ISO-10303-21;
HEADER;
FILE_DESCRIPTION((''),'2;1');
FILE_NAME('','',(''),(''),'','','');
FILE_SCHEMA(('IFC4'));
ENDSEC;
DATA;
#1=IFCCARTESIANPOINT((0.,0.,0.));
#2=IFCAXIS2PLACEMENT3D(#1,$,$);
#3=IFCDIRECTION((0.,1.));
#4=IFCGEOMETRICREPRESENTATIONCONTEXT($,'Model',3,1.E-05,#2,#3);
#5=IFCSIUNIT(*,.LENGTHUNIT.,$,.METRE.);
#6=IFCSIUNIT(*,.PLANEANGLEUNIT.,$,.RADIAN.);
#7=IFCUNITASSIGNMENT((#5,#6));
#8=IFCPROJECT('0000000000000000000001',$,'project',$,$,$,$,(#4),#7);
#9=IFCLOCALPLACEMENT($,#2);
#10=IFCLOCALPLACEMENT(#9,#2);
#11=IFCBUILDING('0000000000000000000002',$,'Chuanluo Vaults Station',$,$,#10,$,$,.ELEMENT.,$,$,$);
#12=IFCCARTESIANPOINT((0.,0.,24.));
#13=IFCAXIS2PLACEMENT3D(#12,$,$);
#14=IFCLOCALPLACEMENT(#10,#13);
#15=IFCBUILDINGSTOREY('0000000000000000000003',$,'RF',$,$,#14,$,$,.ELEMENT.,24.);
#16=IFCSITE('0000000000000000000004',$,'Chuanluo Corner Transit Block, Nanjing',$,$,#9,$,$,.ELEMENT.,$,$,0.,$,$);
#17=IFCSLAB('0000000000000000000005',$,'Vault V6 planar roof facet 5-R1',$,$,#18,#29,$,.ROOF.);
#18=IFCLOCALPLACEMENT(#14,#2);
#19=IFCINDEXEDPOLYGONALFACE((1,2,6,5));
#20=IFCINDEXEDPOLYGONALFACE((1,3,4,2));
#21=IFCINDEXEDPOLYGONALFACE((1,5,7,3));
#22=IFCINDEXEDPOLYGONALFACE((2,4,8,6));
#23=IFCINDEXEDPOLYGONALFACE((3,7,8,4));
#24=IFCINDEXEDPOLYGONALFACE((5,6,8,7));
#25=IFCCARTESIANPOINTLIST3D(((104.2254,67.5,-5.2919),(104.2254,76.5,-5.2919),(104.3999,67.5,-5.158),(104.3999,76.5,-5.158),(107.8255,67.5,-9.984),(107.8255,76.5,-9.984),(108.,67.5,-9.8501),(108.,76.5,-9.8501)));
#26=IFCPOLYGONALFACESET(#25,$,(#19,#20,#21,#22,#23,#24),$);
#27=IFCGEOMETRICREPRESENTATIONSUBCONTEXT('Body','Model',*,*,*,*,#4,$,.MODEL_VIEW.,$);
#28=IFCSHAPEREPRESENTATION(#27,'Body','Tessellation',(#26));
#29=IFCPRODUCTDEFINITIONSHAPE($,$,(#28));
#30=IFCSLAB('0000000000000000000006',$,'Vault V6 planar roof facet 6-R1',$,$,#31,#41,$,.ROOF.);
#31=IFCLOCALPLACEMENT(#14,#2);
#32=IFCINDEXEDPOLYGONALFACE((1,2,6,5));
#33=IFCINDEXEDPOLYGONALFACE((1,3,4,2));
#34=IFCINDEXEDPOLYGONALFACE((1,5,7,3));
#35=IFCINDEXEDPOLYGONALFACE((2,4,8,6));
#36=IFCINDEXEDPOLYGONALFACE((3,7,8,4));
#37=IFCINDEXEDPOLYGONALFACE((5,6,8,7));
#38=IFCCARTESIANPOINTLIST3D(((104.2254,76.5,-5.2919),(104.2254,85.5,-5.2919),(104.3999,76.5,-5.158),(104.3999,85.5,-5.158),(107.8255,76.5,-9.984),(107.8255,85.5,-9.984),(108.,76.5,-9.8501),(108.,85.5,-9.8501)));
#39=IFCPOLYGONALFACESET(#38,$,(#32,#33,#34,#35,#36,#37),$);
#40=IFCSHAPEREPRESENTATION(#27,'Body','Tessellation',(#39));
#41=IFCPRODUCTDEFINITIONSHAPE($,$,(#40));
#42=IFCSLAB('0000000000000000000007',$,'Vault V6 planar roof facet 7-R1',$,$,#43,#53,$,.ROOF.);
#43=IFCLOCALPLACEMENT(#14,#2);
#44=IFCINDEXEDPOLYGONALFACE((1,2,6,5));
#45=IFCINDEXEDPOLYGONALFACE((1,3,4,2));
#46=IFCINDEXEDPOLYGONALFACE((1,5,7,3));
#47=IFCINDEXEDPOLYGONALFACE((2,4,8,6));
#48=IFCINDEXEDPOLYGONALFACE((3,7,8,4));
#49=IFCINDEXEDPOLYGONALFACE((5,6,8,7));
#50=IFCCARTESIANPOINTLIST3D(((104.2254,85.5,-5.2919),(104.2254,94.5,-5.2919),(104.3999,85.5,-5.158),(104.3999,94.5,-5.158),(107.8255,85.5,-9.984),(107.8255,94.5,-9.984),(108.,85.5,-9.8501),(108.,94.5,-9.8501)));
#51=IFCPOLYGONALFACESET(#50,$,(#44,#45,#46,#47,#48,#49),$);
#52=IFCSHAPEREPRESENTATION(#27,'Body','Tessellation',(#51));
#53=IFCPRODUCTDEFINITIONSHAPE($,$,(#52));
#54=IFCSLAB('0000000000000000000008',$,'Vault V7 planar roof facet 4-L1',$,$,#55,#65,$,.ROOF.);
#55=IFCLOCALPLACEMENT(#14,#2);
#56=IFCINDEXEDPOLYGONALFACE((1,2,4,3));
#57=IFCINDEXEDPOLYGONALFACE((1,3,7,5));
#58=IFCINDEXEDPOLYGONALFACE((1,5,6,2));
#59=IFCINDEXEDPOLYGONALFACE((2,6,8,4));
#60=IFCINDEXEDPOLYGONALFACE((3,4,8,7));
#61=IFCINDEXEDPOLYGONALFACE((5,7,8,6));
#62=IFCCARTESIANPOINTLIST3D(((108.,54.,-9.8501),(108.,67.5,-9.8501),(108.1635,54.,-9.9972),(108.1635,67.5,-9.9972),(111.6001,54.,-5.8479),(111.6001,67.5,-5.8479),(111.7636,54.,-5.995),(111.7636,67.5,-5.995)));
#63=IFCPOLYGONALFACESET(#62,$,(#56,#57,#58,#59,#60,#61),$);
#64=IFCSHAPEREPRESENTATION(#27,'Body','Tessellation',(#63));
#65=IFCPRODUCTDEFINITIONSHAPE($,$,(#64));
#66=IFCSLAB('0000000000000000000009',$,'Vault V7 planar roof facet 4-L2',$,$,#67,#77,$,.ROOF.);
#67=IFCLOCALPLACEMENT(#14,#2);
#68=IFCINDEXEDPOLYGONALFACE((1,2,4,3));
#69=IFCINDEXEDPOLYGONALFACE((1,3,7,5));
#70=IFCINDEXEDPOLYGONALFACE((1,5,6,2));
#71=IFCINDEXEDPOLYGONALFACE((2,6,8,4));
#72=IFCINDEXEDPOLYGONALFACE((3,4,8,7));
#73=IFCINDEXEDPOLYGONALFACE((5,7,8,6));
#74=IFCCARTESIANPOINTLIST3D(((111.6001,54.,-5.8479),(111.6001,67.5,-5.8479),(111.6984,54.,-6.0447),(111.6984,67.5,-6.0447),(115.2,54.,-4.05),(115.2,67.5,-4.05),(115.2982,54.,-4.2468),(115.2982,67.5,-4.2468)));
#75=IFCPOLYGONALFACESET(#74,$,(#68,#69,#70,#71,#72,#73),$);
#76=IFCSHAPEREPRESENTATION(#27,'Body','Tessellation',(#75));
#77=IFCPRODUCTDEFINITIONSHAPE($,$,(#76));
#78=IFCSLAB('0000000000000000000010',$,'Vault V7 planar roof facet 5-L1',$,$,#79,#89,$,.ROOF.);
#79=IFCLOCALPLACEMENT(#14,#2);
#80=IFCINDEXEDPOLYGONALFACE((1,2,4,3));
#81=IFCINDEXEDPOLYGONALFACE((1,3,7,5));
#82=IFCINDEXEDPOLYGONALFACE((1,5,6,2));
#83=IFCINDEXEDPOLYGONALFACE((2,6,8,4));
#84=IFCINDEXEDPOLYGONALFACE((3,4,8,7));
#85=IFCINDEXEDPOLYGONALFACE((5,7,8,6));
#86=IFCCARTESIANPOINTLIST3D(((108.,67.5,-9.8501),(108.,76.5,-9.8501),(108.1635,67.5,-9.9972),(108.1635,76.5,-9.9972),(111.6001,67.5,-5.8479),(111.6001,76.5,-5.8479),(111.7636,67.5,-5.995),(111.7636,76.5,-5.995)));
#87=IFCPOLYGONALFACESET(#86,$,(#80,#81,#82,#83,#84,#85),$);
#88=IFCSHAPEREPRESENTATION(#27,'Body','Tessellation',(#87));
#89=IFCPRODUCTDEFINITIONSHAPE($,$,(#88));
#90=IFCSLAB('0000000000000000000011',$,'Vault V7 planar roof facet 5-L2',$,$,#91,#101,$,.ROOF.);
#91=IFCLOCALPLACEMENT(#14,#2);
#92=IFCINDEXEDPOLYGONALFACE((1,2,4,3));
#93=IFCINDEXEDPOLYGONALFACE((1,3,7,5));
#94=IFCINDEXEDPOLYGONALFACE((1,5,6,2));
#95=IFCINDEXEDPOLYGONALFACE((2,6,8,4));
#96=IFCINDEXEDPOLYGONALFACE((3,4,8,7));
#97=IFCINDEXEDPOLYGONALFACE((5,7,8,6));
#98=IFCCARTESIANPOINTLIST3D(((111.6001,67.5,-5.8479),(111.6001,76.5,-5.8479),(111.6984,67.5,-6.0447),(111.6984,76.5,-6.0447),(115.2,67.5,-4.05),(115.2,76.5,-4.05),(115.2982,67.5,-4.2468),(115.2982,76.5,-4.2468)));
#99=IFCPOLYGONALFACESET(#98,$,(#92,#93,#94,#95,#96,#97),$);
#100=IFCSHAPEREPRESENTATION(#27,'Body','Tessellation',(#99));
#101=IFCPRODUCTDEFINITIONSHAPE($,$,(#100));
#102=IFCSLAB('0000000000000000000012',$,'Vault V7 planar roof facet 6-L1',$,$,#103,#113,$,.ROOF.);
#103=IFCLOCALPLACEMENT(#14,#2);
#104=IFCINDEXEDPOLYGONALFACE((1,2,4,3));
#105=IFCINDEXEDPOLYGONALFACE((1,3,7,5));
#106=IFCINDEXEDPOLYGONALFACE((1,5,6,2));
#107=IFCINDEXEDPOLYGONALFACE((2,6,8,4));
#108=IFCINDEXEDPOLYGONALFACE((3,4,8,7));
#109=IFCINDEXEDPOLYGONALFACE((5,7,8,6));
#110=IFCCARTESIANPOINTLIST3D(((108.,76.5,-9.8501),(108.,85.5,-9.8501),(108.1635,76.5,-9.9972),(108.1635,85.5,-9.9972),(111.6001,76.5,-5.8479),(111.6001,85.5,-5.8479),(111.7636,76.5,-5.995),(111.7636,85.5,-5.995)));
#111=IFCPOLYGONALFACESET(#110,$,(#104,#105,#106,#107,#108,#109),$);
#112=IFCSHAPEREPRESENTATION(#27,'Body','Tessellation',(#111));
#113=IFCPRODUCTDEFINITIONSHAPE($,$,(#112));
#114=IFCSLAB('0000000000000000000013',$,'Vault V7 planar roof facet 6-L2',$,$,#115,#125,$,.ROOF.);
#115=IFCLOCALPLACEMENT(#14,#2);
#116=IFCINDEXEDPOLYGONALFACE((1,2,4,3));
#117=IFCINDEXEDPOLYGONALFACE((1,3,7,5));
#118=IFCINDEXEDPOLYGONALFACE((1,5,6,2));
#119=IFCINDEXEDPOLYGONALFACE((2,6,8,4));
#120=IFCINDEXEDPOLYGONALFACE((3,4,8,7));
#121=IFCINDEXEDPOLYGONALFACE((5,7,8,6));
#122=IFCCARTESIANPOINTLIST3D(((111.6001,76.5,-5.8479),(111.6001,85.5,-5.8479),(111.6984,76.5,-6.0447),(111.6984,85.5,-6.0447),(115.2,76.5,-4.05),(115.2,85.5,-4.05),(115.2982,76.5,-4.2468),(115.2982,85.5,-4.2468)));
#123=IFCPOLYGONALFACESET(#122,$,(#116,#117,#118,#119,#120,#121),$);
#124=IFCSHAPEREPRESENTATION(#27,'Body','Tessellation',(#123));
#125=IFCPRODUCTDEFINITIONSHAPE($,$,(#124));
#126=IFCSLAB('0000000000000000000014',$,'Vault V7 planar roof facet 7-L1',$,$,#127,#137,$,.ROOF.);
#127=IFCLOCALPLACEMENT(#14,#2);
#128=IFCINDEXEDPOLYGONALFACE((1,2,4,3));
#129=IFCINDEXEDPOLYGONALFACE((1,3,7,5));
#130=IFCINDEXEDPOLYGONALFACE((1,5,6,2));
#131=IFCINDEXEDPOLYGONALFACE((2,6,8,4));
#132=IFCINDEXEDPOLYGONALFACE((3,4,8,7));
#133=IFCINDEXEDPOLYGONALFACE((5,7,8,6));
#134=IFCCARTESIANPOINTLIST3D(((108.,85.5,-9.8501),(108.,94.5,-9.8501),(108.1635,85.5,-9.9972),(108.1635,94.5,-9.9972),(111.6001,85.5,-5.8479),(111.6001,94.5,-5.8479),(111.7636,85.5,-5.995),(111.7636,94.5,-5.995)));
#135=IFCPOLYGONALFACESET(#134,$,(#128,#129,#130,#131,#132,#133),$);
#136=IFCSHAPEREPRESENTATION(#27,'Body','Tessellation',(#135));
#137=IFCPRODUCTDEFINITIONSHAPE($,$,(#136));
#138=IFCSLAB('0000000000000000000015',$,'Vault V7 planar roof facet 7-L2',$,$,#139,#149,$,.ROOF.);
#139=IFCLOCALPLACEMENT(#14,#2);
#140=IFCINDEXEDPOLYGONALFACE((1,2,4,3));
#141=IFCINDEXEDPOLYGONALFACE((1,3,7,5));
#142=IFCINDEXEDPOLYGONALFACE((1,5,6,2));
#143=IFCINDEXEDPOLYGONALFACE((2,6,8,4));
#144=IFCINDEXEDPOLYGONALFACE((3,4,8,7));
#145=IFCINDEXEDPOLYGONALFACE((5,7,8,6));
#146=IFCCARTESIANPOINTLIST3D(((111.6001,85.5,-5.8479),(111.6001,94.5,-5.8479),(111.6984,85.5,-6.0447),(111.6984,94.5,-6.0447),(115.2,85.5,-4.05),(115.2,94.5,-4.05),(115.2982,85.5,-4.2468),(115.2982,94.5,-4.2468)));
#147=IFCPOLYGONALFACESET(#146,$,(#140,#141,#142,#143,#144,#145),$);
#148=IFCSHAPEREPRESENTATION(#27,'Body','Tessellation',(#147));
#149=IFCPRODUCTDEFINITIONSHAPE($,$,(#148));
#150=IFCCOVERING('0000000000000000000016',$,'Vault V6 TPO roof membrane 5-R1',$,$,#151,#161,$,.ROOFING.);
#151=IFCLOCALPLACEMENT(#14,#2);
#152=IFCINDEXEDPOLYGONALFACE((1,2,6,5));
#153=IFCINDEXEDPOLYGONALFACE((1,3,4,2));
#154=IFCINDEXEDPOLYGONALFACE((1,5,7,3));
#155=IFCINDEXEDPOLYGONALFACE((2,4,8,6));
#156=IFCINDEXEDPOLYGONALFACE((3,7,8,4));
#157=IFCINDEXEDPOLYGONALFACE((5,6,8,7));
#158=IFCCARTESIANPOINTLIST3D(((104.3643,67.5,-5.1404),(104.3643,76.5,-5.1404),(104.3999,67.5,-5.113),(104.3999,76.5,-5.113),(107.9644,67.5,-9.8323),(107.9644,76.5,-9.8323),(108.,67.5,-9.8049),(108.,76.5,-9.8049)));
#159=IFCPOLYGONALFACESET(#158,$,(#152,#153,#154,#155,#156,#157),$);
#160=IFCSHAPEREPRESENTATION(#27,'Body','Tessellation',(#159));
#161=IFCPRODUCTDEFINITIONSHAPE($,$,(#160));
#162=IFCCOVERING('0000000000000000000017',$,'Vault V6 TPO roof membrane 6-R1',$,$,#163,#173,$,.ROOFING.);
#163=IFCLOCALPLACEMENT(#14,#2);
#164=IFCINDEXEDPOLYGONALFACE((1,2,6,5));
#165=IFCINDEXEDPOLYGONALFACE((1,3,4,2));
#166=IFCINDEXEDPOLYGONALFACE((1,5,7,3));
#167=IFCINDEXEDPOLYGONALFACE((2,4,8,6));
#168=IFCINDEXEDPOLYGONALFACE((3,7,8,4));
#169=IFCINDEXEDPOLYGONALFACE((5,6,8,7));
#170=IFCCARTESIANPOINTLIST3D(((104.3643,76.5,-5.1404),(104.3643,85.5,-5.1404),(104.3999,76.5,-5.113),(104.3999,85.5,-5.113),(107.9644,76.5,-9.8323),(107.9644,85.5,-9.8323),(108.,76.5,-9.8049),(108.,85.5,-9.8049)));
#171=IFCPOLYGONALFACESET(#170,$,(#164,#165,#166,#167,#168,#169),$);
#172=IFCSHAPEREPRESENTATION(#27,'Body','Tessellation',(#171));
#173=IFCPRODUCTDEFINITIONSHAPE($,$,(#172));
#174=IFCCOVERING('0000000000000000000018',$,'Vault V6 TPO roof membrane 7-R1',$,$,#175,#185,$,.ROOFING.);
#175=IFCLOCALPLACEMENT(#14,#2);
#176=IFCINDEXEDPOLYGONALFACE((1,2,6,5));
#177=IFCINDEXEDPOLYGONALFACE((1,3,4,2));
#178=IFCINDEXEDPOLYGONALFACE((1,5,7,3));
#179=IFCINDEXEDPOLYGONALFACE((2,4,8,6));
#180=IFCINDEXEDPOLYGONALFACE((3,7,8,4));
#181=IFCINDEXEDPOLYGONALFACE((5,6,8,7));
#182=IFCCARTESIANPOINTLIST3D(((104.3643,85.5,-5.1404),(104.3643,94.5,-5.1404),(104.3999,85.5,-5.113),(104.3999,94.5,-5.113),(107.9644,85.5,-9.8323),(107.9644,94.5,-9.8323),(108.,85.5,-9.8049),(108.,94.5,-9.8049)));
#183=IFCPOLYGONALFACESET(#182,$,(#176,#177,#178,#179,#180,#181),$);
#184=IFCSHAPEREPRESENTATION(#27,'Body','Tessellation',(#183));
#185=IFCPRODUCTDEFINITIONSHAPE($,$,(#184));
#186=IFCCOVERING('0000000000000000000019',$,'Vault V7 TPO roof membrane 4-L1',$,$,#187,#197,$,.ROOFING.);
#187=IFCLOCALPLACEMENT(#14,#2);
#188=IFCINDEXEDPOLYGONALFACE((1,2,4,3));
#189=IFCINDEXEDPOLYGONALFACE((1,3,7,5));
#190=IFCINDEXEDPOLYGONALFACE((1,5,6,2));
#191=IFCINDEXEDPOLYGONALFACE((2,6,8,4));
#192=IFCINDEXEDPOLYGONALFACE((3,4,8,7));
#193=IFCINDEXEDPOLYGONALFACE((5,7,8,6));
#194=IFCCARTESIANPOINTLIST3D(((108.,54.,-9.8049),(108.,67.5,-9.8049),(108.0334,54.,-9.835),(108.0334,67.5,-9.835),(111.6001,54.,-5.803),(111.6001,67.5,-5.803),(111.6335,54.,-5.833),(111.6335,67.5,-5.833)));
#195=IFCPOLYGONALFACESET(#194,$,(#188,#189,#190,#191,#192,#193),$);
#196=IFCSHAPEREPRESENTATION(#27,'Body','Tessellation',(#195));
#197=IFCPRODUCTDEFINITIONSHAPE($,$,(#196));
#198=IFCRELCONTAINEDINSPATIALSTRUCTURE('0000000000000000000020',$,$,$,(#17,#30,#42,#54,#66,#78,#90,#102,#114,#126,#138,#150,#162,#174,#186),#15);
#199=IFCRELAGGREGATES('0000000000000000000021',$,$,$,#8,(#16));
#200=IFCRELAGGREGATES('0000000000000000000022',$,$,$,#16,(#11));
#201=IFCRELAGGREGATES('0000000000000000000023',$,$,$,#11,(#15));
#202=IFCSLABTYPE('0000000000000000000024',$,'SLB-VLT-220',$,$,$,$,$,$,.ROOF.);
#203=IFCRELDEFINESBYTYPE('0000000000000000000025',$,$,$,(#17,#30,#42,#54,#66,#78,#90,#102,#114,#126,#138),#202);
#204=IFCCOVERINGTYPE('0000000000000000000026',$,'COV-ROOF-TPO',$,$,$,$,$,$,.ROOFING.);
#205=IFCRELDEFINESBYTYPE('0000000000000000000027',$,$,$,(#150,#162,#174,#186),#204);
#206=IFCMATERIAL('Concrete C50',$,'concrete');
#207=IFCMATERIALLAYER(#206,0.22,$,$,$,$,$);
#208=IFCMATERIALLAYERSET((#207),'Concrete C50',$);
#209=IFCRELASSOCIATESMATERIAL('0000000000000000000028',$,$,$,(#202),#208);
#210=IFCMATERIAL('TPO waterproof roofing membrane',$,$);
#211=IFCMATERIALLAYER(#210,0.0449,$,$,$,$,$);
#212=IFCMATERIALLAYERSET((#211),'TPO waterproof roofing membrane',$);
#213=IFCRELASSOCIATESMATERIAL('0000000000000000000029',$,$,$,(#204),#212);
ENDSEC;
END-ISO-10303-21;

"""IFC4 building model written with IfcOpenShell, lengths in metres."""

from ifc_helpers import new_model, si_unit, direction, frame, origin, place, context, subcontext, project, spatial, polyline, outline, extrude, material, layer, layer_set, type_object, element, save


model = new_model("IFC4")

# Units and contexts
model_context = context("Model", 3, precision=1e-05, world=origin(), true_north=direction((0.0, 1.0)))
body_context = subcontext(model_context, "Body", "Model", "MODEL_VIEW")
ifc_project = project(units=[si_unit("LENGTHUNIT", "METRE"), si_unit("PLANEANGLEUNIT", "RADIAN")], contexts=[model_context])

# Site, building, storey
site_placement = place(None, origin())
site = spatial("IfcSite", under=ifc_project, at=site_placement, Name="Chuanluo Corner Transit Block, Nanjing", CompositionType="ELEMENT", RefElevation=0.0)
building_placement = place(site_placement, origin())
building = spatial("IfcBuilding", under=site, at=building_placement, Name="Chuanluo Vaults Station", CompositionType="ELEMENT")
storey_placement = place(building_placement, frame((0.0, 0.0, 24.0)))
storey = spatial("IfcBuildingStorey", under=building, at=storey_placement, Name="RF", CompositionType="ELEMENT", Elevation=24.0)

# Slabs
ifc_material_1 = material(Name="Concrete C50", Category="concrete")
ifc_layer_1 = layer(ifc_material_1, 0.22)
ifc_layer_set_1 = layer_set([ifc_layer_1], Name="Concrete C50")
slab_type = type_object("IfcSlabType", Name="SLB-VLT-220", PredefinedType="ROOF", material=ifc_layer_set_1)
for number, where, z_axis, x_axis, name in (
    (1, (104.3999, 67.5, -5.158), (0.793378, 0.0, 0.608729), (0.608729, 0.0, -0.793378), "Vault V6 planar roof facet 5-R1"),
    (2, (104.3999, 76.5, -5.158), (0.793378, 0.0, 0.608729), (0.608729, 0.0, -0.793378), "Vault V6 planar roof facet 6-R1"),
    (3, (104.3999, 85.5, -5.158), (0.793378, 0.0, 0.608729), (0.608729, 0.0, -0.793378), "Vault V6 planar roof facet 7-R1"),
):
    element("IfcSlab", number, at=place(storey_placement, frame(where, z_axis=z_axis, x_axis=x_axis)), inside=storey, type_object=slab_type, Name=name, PredefinedType="ROOF", context=body_context, shape_type="SweptSolid", body=[
        extrude(outline(polyline([(0.0, 0.0), (5.9141, 0.0), (5.9141, 9.0), (0.0, 9.0), (0.0, 0.0)])), origin(), (0.0, 0.0, -1.0), 0.22),
    ])
slab_1_placement = place(storey_placement, frame((108.0, 54.0, -9.8501), z_axis=(-0.743468, 0.0, 0.668772), x_axis=(0.668772, 0.0, 0.743468)))
element("IfcSlab", 4, at=slab_1_placement, inside=storey, type_object=slab_type, Name="Vault V7 planar roof facet 4-L1", PredefinedType="ROOF", context=body_context, shape_type="SweptSolid", body=[
    extrude(outline(polyline([(0.0, 0.0), (5.3831, 0.0), (5.3831, 13.5), (0.0, 13.5), (0.0, 0.0)])), origin(), (0.0, 0.0, -1.0), 0.22),
])
slab_2_placement = place(storey_placement, frame((111.6001, 54.0, -5.8479), z_axis=(-0.446801, 0.0, 0.894633), x_axis=(0.894633, 0.0, 0.446801)))
element("IfcSlab", 5, at=slab_2_placement, inside=storey, type_object=slab_type, Name="Vault V7 planar roof facet 4-L2", PredefinedType="ROOF", context=body_context, shape_type="SweptSolid", body=[
    extrude(outline(polyline([(0.0, 0.0), (4.0238, 0.0), (4.0238, 13.5), (0.0, 13.5), (0.0, 0.0)])), origin(), (0.0, 0.0, -1.0), 0.22),
])
slab_3_placement = place(storey_placement, frame((108.0, 67.5, -9.8501), z_axis=(-0.743468, 0.0, 0.668772), x_axis=(0.668772, 0.0, 0.743468)))
element("IfcSlab", 6, at=slab_3_placement, inside=storey, type_object=slab_type, Name="Vault V7 planar roof facet 5-L1", PredefinedType="ROOF", context=body_context, shape_type="SweptSolid", body=[
    extrude(outline(polyline([(0.0, 0.0), (5.3831, 0.0), (5.3831, 9.0), (0.0, 9.0), (0.0, 0.0)])), origin(), (0.0, 0.0, -1.0), 0.22),
])
slab_4_placement = place(storey_placement, frame((111.6001, 67.5, -5.8479), z_axis=(-0.446801, 0.0, 0.894633), x_axis=(0.894633, 0.0, 0.446801)))
element("IfcSlab", 7, at=slab_4_placement, inside=storey, type_object=slab_type, Name="Vault V7 planar roof facet 5-L2", PredefinedType="ROOF", context=body_context, shape_type="SweptSolid", body=[
    extrude(outline(polyline([(0.0, 0.0), (4.0238, 0.0), (4.0238, 9.0), (0.0, 9.0), (0.0, 0.0)])), origin(), (0.0, 0.0, -1.0), 0.22),
])
slab_5_placement = place(storey_placement, frame((108.0, 76.5, -9.8501), z_axis=(-0.743468, 0.0, 0.668772), x_axis=(0.668772, 0.0, 0.743468)))
element("IfcSlab", 8, at=slab_5_placement, inside=storey, type_object=slab_type, Name="Vault V7 planar roof facet 6-L1", PredefinedType="ROOF", context=body_context, shape_type="SweptSolid", body=[
    extrude(outline(polyline([(0.0, 0.0), (5.3831, 0.0), (5.3831, 9.0), (0.0, 9.0), (0.0, 0.0)])), origin(), (0.0, 0.0, -1.0), 0.22),
])
slab_6_placement = place(storey_placement, frame((111.6001, 76.5, -5.8479), z_axis=(-0.446801, 0.0, 0.894633), x_axis=(0.894633, 0.0, 0.446801)))
element("IfcSlab", 9, at=slab_6_placement, inside=storey, type_object=slab_type, Name="Vault V7 planar roof facet 6-L2", PredefinedType="ROOF", context=body_context, shape_type="SweptSolid", body=[
    extrude(outline(polyline([(0.0, 0.0), (4.0238, 0.0), (4.0238, 9.0), (0.0, 9.0), (0.0, 0.0)])), origin(), (0.0, 0.0, -1.0), 0.22),
])
slab_7_placement = place(storey_placement, frame((108.0, 85.5, -9.8501), z_axis=(-0.743468, 0.0, 0.668772), x_axis=(0.668772, 0.0, 0.743468)))
element("IfcSlab", 10, at=slab_7_placement, inside=storey, type_object=slab_type, Name="Vault V7 planar roof facet 7-L1", PredefinedType="ROOF", context=body_context, shape_type="SweptSolid", body=[
    extrude(outline(polyline([(0.0, 0.0), (5.3831, 0.0), (5.3831, 9.0), (0.0, 9.0), (0.0, 0.0)])), origin(), (0.0, 0.0, -1.0), 0.22),
])
slab_8_placement = place(storey_placement, frame((111.6001, 85.5, -5.8479), z_axis=(-0.446801, 0.0, 0.894633), x_axis=(0.894633, 0.0, 0.446801)))
element("IfcSlab", 11, at=slab_8_placement, inside=storey, type_object=slab_type, Name="Vault V7 planar roof facet 7-L2", PredefinedType="ROOF", context=body_context, shape_type="SweptSolid", body=[
    extrude(outline(polyline([(0.0, 0.0), (4.0238, 0.0), (4.0238, 9.0), (0.0, 9.0), (0.0, 0.0)])), origin(), (0.0, 0.0, -1.0), 0.22),
])

# Coverings
ifc_material_2 = material(Name="TPO waterproof roofing membrane")
ifc_layer_2 = layer(ifc_material_2, 0.0449)
ifc_layer_set_2 = layer_set([ifc_layer_2], Name="TPO waterproof roofing membrane")
covering_type = type_object("IfcCoveringType", Name="COV-ROOF-TPO", PredefinedType="ROOFING", material=ifc_layer_set_2)
for number, where, z_axis, x_axis, name in (
    (12, (104.3999, 67.5, -5.113), (0.793363, 0.0, 0.608749), (0.608749, 0.0, -0.793363), "Vault V6 TPO roof membrane 5-R1"),
    (13, (104.3999, 76.5, -5.113), (0.793363, 0.0, 0.608749), (0.608749, 0.0, -0.793363), "Vault V6 TPO roof membrane 6-R1"),
    (14, (104.3999, 85.5, -5.113), (0.793363, 0.0, 0.608749), (0.608749, 0.0, -0.793363), "Vault V6 TPO roof membrane 7-R1"),
):
    element("IfcCovering", number, at=place(storey_placement, frame(where, z_axis=z_axis, x_axis=x_axis)), inside=storey, type_object=covering_type, Name=name, PredefinedType="ROOFING", context=body_context, shape_type="SweptSolid", body=[
        extrude(outline(polyline([(0.0, 0.0), (5.9139, 0.0), (5.9139, 9.0), (0.0, 9.0), (0.0, 0.0)])), origin(), (0.0, 0.0, -1.0), 0.0449),
    ])
covering_1_placement = place(storey_placement, frame((108.0, 54.0, -9.8049), z_axis=(-0.743447, 0.0, 0.668794), x_axis=(0.668794, 0.0, 0.743447)))
element("IfcCovering", 15, at=covering_1_placement, inside=storey, type_object=covering_type, Name="Vault V7 TPO roof membrane 4-L1", PredefinedType="ROOFING", context=body_context, shape_type="SweptSolid", body=[
    extrude(outline(polyline([(0.0, 0.0), (5.383, 0.0), (5.383, 13.5), (0.0, 13.5), (0.0, 0.0)])), origin(), (0.0, 0.0, -1.0), 0.0449),
])

save(model, "model.ifc")
